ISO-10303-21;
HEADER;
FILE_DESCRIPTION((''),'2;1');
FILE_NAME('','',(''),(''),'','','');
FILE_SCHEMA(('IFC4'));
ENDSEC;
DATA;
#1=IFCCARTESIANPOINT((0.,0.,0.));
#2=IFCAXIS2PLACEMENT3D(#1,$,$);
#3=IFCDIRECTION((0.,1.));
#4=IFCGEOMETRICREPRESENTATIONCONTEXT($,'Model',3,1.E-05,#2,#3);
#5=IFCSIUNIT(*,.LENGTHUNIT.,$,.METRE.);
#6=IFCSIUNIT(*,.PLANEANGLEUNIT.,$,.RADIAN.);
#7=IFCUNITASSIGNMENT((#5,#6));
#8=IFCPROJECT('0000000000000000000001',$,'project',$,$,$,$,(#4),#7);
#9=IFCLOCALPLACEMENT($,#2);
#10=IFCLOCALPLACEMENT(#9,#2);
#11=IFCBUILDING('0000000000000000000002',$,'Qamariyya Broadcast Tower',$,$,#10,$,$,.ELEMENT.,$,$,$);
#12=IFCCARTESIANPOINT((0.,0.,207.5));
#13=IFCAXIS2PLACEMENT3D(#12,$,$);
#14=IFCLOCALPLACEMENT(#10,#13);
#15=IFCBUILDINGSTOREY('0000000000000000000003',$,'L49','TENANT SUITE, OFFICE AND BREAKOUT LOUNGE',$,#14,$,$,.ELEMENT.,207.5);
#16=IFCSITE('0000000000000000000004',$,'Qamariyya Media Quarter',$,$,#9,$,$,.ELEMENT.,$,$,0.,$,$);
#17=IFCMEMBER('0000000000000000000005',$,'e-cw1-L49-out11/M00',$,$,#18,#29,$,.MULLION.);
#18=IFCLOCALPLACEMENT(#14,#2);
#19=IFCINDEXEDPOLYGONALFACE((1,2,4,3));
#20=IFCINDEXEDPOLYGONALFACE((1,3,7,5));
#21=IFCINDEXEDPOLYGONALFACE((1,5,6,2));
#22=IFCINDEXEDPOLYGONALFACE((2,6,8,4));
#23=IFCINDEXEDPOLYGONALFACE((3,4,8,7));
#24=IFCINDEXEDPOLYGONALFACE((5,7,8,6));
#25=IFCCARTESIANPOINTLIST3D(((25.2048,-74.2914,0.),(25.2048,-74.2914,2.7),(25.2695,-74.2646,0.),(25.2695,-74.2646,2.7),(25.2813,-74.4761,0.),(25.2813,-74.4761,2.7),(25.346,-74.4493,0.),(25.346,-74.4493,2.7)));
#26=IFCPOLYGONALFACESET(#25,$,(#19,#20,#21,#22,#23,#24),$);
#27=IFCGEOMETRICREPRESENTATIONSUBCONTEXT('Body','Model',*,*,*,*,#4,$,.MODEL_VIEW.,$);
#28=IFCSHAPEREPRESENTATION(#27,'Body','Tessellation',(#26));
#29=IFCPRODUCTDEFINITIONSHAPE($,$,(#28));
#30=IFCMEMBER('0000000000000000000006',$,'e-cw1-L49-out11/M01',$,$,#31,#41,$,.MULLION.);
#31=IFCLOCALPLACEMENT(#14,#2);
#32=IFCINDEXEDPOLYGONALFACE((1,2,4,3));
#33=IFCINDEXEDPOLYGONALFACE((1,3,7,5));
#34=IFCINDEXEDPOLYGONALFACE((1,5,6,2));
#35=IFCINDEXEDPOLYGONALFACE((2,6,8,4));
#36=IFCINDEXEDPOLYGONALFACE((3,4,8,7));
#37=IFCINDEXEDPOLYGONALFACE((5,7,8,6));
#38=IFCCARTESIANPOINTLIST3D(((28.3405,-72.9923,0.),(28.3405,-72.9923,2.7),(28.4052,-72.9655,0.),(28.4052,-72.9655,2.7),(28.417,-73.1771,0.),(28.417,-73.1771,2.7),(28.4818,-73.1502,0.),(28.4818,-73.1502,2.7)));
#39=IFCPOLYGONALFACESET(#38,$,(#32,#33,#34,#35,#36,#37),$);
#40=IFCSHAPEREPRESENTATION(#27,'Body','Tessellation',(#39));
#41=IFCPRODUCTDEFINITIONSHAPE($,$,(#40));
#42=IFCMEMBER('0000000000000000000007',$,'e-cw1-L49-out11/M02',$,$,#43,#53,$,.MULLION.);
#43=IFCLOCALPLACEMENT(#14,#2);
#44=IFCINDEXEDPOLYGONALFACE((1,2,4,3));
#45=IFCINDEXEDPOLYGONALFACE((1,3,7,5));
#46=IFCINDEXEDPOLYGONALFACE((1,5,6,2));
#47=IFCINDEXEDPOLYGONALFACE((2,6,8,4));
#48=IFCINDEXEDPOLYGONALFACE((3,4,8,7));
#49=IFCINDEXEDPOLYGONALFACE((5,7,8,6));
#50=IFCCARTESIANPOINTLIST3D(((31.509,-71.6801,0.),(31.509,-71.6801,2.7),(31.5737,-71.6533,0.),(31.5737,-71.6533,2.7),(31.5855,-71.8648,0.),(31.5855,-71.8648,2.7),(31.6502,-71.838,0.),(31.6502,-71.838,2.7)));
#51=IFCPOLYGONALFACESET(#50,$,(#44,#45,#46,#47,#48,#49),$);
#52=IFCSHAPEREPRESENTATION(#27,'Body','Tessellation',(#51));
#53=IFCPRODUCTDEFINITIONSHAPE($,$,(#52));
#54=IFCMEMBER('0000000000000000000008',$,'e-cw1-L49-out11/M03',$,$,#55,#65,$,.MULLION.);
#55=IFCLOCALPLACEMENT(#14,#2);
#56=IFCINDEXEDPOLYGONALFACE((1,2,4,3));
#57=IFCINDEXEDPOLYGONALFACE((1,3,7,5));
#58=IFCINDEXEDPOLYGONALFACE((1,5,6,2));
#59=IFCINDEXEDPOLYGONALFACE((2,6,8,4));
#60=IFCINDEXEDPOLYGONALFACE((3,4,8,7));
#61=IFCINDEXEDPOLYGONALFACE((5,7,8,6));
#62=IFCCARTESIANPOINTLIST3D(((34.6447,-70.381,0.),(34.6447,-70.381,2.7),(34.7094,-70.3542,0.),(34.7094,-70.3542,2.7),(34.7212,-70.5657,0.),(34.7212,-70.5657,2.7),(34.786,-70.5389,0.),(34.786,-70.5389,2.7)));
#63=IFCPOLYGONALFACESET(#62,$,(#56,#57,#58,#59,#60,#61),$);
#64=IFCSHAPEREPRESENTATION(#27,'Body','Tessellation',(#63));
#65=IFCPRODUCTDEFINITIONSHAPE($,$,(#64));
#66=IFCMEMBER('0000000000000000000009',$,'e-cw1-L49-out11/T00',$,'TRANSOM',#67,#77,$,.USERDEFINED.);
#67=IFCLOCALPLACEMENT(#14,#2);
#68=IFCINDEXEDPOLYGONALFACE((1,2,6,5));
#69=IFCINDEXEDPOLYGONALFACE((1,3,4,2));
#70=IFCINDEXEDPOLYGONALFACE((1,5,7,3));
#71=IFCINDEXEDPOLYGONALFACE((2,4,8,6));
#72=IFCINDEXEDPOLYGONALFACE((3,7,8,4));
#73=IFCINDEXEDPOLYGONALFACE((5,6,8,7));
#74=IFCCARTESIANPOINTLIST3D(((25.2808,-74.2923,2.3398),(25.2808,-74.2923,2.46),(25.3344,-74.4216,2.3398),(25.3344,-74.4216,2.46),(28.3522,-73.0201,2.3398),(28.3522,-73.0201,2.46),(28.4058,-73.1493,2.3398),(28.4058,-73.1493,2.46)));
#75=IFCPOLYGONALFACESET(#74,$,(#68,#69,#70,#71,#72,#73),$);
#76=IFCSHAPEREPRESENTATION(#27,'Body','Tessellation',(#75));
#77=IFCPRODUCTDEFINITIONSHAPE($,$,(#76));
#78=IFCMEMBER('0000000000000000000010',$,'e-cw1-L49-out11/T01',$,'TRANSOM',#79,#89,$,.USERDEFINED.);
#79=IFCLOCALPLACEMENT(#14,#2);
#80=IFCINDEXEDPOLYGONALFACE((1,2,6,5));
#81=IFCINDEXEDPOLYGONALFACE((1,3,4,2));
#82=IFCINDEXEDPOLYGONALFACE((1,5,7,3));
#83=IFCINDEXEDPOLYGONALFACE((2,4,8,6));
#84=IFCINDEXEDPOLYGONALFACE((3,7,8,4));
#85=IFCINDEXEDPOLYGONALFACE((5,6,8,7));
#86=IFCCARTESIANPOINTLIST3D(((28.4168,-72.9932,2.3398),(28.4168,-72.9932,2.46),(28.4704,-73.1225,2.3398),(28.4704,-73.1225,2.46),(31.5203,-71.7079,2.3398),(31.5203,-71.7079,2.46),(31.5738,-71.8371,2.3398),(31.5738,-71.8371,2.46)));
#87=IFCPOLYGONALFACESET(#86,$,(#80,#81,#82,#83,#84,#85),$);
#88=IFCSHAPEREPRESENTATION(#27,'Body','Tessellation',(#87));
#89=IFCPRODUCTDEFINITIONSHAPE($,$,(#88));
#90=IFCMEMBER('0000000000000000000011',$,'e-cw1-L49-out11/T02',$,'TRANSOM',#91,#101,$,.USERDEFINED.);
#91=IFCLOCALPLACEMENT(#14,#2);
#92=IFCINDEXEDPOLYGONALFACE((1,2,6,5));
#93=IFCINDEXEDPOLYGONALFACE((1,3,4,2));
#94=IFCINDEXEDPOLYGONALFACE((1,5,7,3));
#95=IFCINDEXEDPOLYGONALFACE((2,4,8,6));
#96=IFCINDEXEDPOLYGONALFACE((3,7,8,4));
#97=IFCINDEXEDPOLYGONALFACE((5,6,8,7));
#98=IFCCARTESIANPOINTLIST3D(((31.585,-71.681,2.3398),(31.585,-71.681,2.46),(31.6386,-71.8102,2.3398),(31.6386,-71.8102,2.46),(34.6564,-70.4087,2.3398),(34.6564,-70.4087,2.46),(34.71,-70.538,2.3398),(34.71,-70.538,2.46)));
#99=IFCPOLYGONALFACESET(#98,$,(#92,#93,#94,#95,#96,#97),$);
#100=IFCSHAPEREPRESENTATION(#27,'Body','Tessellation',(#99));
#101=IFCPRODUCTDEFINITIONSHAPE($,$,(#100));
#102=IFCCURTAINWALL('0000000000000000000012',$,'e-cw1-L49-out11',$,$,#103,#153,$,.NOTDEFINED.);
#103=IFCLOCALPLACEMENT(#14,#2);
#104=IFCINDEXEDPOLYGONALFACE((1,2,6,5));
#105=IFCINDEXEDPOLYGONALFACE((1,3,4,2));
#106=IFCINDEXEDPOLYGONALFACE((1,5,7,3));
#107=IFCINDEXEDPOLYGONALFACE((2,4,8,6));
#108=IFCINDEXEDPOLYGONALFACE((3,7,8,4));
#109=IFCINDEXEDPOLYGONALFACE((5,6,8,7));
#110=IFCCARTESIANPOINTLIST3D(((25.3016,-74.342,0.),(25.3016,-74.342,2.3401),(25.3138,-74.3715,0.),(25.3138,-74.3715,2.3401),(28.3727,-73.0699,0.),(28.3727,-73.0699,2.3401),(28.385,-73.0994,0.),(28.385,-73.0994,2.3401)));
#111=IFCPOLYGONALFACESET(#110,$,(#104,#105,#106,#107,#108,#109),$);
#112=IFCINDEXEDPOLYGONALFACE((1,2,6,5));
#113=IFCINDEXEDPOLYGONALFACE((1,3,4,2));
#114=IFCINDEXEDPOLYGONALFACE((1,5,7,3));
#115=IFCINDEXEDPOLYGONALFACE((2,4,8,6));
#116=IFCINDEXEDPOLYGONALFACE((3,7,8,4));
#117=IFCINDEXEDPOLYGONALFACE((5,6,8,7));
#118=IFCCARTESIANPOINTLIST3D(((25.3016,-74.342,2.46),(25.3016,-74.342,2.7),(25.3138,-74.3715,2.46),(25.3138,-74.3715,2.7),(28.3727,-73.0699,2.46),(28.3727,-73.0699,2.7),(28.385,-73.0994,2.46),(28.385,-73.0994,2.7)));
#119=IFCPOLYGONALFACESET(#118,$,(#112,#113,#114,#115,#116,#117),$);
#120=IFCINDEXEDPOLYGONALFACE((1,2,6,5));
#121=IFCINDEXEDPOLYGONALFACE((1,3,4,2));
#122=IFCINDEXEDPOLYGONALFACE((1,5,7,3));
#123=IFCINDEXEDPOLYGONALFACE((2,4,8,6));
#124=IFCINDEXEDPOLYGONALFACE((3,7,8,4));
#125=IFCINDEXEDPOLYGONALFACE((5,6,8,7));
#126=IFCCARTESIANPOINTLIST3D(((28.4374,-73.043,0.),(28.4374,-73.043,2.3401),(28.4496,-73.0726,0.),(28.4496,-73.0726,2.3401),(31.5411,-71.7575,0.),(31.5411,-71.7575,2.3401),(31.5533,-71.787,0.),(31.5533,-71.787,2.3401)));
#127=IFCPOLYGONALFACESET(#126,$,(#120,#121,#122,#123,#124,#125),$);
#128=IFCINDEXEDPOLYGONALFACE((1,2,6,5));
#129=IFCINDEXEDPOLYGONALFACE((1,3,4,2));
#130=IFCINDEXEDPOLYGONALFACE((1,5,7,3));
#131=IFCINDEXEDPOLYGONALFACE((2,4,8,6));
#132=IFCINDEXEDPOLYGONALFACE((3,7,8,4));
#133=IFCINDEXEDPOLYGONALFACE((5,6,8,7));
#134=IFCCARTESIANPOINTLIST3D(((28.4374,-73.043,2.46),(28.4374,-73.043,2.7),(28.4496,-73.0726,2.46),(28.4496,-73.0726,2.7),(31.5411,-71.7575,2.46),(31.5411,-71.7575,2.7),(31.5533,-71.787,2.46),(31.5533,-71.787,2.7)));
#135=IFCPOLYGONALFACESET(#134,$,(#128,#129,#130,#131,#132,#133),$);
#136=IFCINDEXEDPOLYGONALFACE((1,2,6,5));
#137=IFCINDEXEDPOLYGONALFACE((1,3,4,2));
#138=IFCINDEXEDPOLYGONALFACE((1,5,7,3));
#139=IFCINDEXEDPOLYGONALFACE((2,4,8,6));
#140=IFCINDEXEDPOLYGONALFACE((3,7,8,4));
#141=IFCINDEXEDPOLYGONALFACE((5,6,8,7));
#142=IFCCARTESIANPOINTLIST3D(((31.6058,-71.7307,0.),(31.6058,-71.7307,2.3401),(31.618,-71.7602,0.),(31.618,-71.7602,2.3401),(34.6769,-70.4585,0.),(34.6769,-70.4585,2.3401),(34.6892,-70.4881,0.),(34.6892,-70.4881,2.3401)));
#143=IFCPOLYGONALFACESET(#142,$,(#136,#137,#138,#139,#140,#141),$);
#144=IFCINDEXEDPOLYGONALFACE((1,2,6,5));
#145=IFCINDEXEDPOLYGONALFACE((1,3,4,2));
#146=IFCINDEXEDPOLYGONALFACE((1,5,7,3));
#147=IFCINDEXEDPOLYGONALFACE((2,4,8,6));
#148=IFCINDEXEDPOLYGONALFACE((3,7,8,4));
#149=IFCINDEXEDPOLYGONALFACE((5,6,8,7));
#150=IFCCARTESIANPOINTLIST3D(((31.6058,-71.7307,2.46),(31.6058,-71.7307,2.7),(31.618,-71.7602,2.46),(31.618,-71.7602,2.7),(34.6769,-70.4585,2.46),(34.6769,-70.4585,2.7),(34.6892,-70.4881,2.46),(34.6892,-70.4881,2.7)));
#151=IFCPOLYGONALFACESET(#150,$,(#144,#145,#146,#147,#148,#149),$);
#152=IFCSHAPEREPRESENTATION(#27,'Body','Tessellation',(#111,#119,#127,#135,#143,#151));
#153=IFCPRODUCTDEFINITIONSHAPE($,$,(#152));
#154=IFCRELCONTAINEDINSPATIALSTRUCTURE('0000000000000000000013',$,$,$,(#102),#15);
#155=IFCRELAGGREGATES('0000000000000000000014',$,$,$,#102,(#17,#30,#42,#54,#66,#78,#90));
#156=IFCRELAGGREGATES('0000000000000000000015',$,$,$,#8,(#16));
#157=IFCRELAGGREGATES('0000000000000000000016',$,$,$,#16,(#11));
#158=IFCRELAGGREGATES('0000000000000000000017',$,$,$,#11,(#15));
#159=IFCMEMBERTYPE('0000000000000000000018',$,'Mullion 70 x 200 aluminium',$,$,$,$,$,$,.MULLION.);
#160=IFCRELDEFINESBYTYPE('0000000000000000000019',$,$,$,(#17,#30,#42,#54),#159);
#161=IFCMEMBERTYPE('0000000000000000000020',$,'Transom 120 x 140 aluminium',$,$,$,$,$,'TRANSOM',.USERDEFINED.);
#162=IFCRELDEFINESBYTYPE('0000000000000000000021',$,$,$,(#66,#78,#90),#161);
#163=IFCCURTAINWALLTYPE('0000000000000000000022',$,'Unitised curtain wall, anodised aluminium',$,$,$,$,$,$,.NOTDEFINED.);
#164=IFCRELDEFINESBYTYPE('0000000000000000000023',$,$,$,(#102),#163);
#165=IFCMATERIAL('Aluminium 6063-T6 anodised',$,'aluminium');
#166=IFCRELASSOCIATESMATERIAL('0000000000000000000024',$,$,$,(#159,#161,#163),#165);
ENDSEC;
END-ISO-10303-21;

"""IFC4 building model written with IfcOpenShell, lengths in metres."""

from ifc_helpers import new_model, si_unit, direction, frame, origin, origin_2d, place, context, subcontext, project, spatial, rectangle, extrude, material, material_profile, profile_set, type_object, element, aggregate, save


model = new_model("IFC4")

# Units and contexts
model_context = context("Model", 3, precision=1e-05, world=origin(), true_north=direction((0.0, 1.0)))
body_context = subcontext(model_context, "Body", "Model", "MODEL_VIEW")
ifc_project = project(units=[si_unit("LENGTHUNIT", "METRE"), si_unit("PLANEANGLEUNIT", "RADIAN")], contexts=[model_context])

# Members
ifc_material = material(Name="Aluminium 6063-T6 anodised", Category="aluminium")
ifc_material_profile_1 = material_profile(ifc_material, rectangle(XDim=0.2, YDim=0.0701, at=origin_2d()))
ifc_profile_set_1 = profile_set([ifc_material_profile_1], Name="Aluminium 6063-T6 anodised")
member_type_1 = type_object("IfcMemberType", Name="Mullion 70 x 200 aluminium", PredefinedType="MULLION", material=ifc_profile_set_1)
site_placement = place(None, origin())
building_placement = place(site_placement, origin())
storey_placement = place(building_placement, frame((0.0, 0.0, 207.5)))
member_1_placement = place(storey_placement, frame((25.2754, -74.3704, 0.0), z_axis=(0.0, 0.0, 1.0), x_axis=(-0.382683, 0.92388, 0.0)))
member_1 = element("IfcMember", 1, at=member_1_placement, type_object=member_type_1, Name="e-cw1-L49-out11/M00", PredefinedType="MULLION", context=body_context, shape_type="SweptSolid", body=[
    extrude(rectangle(XDim=0.2, YDim=0.0701, at=origin_2d()), origin(), (0.0, 0.0, 1.0), 2.7),
])
member_2_placement = place(storey_placement, frame((28.4111, -73.0713, 0.0), z_axis=(0.0, 0.0, 1.0), x_axis=(-0.382683, 0.92388, 0.0)))
member_2 = element("IfcMember", 2, at=member_2_placement, type_object=member_type_1, Name="e-cw1-L49-out11/M01", PredefinedType="MULLION", context=body_context, shape_type="SweptSolid", body=[
    extrude(rectangle(XDim=0.2, YDim=0.0701, at=origin_2d()), origin(), (0.0, 0.0, 1.0), 2.7),
])
member_3_placement = place(storey_placement, frame((31.5796, -71.759, 0.0), z_axis=(0.0, 0.0, 1.0), x_axis=(-0.382683, 0.92388, 0.0)))
member_3 = element("IfcMember", 3, at=member_3_placement, type_object=member_type_1, Name="e-cw1-L49-out11/M02", PredefinedType="MULLION", context=body_context, shape_type="SweptSolid", body=[
    extrude(rectangle(XDim=0.2, YDim=0.0701, at=origin_2d()), origin(), (0.0, 0.0, 1.0), 2.7),
])
member_4_placement = place(storey_placement, frame((34.7153, -70.46, 0.0), z_axis=(0.0, 0.0, 1.0), x_axis=(-0.382683, 0.92388, 0.0)))
member_4 = element("IfcMember", 4, at=member_4_placement, type_object=member_type_1, Name="e-cw1-L49-out11/M03", PredefinedType="MULLION", context=body_context, shape_type="SweptSolid", body=[
    extrude(rectangle(XDim=0.2, YDim=0.0701, at=origin_2d()), origin(), (0.0, 0.0, 1.0), 2.7),
])
ifc_material_profile_2 = material_profile(ifc_material, rectangle(XDim=0.1399, YDim=0.1201, at=origin_2d()))
ifc_profile_set_2 = profile_set([ifc_material_profile_2], Name="Aluminium 6063-T6 anodised")
member_type_2 = type_object("IfcMemberType", Name="Transom 120 x 140 aluminium", ElementType="TRANSOM", PredefinedType="USERDEFINED", material=ifc_profile_set_2)
member_5_placement = place(storey_placement, frame((25.3076, -74.3569, 2.3999), z_axis=(0.923875, 0.382696, 0.0), x_axis=(-0.382696, 0.923875, 0.0)))
member_5 = element("IfcMember", 5, at=member_5_placement, type_object=member_type_2, Name="e-cw1-L49-out11/T00", ObjectType="TRANSOM", PredefinedType="USERDEFINED", context=body_context, shape_type="SweptSolid", body=[
    extrude(rectangle(XDim=0.1399, YDim=0.1201, at=origin_2d()), origin(), (0.0, 0.0, 1.0), 3.3245),
])
member_6_placement = place(storey_placement, frame((28.4436, -73.0579, 2.3999), z_axis=(0.923892, 0.382653, 0.0), x_axis=(-0.382653, 0.923892, 0.0)))
member_6 = element("IfcMember", 6, at=member_6_placement, type_object=member_type_2, Name="e-cw1-L49-out11/T01", ObjectType="TRANSOM", PredefinedType="USERDEFINED", context=body_context, shape_type="SweptSolid", body=[
    extrude(rectangle(XDim=0.1399, YDim=0.1201, at=origin_2d()), origin(), (0.0, 0.0, 1.0), 3.3591),
])
member_7_placement = place(storey_placement, frame((31.6118, -71.7456, 2.3999), z_axis=(0.923875, 0.382696, 0.0), x_axis=(-0.382696, 0.923875, 0.0)))
member_7 = element("IfcMember", 7, at=member_7_placement, type_object=member_type_2, Name="e-cw1-L49-out11/T02", ObjectType="TRANSOM", PredefinedType="USERDEFINED", context=body_context, shape_type="SweptSolid", body=[
    extrude(rectangle(XDim=0.1399, YDim=0.1201, at=origin_2d()), origin(), (0.0, 0.0, 1.0), 3.3245),
])

# Site, building, storey
site = spatial("IfcSite", under=ifc_project, at=site_placement, Name="Qamariyya Media Quarter", CompositionType="ELEMENT", RefElevation=0.0)
building = spatial("IfcBuilding", under=site, at=building_placement, Name="Qamariyya Broadcast Tower", CompositionType="ELEMENT")
storey = spatial("IfcBuildingStorey", under=building, at=storey_placement, Name="L49", Description="TENANT SUITE, OFFICE AND BREAKOUT LOUNGE", CompositionType="ELEMENT", Elevation=207.5)

# Curtain wall
curtain_wall_type = type_object("IfcCurtainWallType", Name="Unitised curtain wall, anodised aluminium", PredefinedType="NOTDEFINED", material=ifc_material)
curtain_wall_1_placement = place(storey_placement, origin())
curtain_wall_1 = element("IfcCurtainWall", 8, at=curtain_wall_1_placement, inside=storey, type_object=curtain_wall_type, Name="e-cw1-L49-out11", PredefinedType="NOTDEFINED", context=body_context, shape_type="SweptSolid", body=[
    extrude(rectangle(XDim=3.3242, YDim=0.032, at=origin_2d()), frame((26.8433, -73.7207, 0.0), x_axis=(0.923881, 0.38268, 0.0)), (0.0, 0.0, 1.0), 2.3401),
    extrude(rectangle(XDim=3.3242, YDim=0.032, at=origin_2d()), frame((26.8433, -73.7207, 2.46), x_axis=(0.923881, 0.38268, 0.0)), (0.0, 0.0, 1.0), 0.24),
    extrude(rectangle(XDim=3.3594, YDim=0.032, at=origin_2d()), frame((29.9954, -72.415, 0.0), x_axis=(0.923881, 0.38268, 0.0)), (0.0, 0.0, 1.0), 2.3401),
    extrude(rectangle(XDim=3.3594, YDim=0.032, at=origin_2d()), frame((29.9954, -72.415, 2.46), x_axis=(0.923881, 0.38268, 0.0)), (0.0, 0.0, 1.0), 0.24),
    extrude(rectangle(XDim=3.3242, YDim=0.032, at=origin_2d()), frame((33.1475, -71.1094, 0.0), x_axis=(0.923881, 0.38268, 0.0)), (0.0, 0.0, 1.0), 2.3401),
    extrude(rectangle(XDim=3.3242, YDim=0.032, at=origin_2d()), frame((33.1475, -71.1094, 2.46), x_axis=(0.923881, 0.38268, 0.0)), (0.0, 0.0, 1.0), 0.24),
])
aggregate(curtain_wall_1, [member_1, member_2, member_3, member_4, member_5, member_6, member_7])

save(model, "model.ifc")
